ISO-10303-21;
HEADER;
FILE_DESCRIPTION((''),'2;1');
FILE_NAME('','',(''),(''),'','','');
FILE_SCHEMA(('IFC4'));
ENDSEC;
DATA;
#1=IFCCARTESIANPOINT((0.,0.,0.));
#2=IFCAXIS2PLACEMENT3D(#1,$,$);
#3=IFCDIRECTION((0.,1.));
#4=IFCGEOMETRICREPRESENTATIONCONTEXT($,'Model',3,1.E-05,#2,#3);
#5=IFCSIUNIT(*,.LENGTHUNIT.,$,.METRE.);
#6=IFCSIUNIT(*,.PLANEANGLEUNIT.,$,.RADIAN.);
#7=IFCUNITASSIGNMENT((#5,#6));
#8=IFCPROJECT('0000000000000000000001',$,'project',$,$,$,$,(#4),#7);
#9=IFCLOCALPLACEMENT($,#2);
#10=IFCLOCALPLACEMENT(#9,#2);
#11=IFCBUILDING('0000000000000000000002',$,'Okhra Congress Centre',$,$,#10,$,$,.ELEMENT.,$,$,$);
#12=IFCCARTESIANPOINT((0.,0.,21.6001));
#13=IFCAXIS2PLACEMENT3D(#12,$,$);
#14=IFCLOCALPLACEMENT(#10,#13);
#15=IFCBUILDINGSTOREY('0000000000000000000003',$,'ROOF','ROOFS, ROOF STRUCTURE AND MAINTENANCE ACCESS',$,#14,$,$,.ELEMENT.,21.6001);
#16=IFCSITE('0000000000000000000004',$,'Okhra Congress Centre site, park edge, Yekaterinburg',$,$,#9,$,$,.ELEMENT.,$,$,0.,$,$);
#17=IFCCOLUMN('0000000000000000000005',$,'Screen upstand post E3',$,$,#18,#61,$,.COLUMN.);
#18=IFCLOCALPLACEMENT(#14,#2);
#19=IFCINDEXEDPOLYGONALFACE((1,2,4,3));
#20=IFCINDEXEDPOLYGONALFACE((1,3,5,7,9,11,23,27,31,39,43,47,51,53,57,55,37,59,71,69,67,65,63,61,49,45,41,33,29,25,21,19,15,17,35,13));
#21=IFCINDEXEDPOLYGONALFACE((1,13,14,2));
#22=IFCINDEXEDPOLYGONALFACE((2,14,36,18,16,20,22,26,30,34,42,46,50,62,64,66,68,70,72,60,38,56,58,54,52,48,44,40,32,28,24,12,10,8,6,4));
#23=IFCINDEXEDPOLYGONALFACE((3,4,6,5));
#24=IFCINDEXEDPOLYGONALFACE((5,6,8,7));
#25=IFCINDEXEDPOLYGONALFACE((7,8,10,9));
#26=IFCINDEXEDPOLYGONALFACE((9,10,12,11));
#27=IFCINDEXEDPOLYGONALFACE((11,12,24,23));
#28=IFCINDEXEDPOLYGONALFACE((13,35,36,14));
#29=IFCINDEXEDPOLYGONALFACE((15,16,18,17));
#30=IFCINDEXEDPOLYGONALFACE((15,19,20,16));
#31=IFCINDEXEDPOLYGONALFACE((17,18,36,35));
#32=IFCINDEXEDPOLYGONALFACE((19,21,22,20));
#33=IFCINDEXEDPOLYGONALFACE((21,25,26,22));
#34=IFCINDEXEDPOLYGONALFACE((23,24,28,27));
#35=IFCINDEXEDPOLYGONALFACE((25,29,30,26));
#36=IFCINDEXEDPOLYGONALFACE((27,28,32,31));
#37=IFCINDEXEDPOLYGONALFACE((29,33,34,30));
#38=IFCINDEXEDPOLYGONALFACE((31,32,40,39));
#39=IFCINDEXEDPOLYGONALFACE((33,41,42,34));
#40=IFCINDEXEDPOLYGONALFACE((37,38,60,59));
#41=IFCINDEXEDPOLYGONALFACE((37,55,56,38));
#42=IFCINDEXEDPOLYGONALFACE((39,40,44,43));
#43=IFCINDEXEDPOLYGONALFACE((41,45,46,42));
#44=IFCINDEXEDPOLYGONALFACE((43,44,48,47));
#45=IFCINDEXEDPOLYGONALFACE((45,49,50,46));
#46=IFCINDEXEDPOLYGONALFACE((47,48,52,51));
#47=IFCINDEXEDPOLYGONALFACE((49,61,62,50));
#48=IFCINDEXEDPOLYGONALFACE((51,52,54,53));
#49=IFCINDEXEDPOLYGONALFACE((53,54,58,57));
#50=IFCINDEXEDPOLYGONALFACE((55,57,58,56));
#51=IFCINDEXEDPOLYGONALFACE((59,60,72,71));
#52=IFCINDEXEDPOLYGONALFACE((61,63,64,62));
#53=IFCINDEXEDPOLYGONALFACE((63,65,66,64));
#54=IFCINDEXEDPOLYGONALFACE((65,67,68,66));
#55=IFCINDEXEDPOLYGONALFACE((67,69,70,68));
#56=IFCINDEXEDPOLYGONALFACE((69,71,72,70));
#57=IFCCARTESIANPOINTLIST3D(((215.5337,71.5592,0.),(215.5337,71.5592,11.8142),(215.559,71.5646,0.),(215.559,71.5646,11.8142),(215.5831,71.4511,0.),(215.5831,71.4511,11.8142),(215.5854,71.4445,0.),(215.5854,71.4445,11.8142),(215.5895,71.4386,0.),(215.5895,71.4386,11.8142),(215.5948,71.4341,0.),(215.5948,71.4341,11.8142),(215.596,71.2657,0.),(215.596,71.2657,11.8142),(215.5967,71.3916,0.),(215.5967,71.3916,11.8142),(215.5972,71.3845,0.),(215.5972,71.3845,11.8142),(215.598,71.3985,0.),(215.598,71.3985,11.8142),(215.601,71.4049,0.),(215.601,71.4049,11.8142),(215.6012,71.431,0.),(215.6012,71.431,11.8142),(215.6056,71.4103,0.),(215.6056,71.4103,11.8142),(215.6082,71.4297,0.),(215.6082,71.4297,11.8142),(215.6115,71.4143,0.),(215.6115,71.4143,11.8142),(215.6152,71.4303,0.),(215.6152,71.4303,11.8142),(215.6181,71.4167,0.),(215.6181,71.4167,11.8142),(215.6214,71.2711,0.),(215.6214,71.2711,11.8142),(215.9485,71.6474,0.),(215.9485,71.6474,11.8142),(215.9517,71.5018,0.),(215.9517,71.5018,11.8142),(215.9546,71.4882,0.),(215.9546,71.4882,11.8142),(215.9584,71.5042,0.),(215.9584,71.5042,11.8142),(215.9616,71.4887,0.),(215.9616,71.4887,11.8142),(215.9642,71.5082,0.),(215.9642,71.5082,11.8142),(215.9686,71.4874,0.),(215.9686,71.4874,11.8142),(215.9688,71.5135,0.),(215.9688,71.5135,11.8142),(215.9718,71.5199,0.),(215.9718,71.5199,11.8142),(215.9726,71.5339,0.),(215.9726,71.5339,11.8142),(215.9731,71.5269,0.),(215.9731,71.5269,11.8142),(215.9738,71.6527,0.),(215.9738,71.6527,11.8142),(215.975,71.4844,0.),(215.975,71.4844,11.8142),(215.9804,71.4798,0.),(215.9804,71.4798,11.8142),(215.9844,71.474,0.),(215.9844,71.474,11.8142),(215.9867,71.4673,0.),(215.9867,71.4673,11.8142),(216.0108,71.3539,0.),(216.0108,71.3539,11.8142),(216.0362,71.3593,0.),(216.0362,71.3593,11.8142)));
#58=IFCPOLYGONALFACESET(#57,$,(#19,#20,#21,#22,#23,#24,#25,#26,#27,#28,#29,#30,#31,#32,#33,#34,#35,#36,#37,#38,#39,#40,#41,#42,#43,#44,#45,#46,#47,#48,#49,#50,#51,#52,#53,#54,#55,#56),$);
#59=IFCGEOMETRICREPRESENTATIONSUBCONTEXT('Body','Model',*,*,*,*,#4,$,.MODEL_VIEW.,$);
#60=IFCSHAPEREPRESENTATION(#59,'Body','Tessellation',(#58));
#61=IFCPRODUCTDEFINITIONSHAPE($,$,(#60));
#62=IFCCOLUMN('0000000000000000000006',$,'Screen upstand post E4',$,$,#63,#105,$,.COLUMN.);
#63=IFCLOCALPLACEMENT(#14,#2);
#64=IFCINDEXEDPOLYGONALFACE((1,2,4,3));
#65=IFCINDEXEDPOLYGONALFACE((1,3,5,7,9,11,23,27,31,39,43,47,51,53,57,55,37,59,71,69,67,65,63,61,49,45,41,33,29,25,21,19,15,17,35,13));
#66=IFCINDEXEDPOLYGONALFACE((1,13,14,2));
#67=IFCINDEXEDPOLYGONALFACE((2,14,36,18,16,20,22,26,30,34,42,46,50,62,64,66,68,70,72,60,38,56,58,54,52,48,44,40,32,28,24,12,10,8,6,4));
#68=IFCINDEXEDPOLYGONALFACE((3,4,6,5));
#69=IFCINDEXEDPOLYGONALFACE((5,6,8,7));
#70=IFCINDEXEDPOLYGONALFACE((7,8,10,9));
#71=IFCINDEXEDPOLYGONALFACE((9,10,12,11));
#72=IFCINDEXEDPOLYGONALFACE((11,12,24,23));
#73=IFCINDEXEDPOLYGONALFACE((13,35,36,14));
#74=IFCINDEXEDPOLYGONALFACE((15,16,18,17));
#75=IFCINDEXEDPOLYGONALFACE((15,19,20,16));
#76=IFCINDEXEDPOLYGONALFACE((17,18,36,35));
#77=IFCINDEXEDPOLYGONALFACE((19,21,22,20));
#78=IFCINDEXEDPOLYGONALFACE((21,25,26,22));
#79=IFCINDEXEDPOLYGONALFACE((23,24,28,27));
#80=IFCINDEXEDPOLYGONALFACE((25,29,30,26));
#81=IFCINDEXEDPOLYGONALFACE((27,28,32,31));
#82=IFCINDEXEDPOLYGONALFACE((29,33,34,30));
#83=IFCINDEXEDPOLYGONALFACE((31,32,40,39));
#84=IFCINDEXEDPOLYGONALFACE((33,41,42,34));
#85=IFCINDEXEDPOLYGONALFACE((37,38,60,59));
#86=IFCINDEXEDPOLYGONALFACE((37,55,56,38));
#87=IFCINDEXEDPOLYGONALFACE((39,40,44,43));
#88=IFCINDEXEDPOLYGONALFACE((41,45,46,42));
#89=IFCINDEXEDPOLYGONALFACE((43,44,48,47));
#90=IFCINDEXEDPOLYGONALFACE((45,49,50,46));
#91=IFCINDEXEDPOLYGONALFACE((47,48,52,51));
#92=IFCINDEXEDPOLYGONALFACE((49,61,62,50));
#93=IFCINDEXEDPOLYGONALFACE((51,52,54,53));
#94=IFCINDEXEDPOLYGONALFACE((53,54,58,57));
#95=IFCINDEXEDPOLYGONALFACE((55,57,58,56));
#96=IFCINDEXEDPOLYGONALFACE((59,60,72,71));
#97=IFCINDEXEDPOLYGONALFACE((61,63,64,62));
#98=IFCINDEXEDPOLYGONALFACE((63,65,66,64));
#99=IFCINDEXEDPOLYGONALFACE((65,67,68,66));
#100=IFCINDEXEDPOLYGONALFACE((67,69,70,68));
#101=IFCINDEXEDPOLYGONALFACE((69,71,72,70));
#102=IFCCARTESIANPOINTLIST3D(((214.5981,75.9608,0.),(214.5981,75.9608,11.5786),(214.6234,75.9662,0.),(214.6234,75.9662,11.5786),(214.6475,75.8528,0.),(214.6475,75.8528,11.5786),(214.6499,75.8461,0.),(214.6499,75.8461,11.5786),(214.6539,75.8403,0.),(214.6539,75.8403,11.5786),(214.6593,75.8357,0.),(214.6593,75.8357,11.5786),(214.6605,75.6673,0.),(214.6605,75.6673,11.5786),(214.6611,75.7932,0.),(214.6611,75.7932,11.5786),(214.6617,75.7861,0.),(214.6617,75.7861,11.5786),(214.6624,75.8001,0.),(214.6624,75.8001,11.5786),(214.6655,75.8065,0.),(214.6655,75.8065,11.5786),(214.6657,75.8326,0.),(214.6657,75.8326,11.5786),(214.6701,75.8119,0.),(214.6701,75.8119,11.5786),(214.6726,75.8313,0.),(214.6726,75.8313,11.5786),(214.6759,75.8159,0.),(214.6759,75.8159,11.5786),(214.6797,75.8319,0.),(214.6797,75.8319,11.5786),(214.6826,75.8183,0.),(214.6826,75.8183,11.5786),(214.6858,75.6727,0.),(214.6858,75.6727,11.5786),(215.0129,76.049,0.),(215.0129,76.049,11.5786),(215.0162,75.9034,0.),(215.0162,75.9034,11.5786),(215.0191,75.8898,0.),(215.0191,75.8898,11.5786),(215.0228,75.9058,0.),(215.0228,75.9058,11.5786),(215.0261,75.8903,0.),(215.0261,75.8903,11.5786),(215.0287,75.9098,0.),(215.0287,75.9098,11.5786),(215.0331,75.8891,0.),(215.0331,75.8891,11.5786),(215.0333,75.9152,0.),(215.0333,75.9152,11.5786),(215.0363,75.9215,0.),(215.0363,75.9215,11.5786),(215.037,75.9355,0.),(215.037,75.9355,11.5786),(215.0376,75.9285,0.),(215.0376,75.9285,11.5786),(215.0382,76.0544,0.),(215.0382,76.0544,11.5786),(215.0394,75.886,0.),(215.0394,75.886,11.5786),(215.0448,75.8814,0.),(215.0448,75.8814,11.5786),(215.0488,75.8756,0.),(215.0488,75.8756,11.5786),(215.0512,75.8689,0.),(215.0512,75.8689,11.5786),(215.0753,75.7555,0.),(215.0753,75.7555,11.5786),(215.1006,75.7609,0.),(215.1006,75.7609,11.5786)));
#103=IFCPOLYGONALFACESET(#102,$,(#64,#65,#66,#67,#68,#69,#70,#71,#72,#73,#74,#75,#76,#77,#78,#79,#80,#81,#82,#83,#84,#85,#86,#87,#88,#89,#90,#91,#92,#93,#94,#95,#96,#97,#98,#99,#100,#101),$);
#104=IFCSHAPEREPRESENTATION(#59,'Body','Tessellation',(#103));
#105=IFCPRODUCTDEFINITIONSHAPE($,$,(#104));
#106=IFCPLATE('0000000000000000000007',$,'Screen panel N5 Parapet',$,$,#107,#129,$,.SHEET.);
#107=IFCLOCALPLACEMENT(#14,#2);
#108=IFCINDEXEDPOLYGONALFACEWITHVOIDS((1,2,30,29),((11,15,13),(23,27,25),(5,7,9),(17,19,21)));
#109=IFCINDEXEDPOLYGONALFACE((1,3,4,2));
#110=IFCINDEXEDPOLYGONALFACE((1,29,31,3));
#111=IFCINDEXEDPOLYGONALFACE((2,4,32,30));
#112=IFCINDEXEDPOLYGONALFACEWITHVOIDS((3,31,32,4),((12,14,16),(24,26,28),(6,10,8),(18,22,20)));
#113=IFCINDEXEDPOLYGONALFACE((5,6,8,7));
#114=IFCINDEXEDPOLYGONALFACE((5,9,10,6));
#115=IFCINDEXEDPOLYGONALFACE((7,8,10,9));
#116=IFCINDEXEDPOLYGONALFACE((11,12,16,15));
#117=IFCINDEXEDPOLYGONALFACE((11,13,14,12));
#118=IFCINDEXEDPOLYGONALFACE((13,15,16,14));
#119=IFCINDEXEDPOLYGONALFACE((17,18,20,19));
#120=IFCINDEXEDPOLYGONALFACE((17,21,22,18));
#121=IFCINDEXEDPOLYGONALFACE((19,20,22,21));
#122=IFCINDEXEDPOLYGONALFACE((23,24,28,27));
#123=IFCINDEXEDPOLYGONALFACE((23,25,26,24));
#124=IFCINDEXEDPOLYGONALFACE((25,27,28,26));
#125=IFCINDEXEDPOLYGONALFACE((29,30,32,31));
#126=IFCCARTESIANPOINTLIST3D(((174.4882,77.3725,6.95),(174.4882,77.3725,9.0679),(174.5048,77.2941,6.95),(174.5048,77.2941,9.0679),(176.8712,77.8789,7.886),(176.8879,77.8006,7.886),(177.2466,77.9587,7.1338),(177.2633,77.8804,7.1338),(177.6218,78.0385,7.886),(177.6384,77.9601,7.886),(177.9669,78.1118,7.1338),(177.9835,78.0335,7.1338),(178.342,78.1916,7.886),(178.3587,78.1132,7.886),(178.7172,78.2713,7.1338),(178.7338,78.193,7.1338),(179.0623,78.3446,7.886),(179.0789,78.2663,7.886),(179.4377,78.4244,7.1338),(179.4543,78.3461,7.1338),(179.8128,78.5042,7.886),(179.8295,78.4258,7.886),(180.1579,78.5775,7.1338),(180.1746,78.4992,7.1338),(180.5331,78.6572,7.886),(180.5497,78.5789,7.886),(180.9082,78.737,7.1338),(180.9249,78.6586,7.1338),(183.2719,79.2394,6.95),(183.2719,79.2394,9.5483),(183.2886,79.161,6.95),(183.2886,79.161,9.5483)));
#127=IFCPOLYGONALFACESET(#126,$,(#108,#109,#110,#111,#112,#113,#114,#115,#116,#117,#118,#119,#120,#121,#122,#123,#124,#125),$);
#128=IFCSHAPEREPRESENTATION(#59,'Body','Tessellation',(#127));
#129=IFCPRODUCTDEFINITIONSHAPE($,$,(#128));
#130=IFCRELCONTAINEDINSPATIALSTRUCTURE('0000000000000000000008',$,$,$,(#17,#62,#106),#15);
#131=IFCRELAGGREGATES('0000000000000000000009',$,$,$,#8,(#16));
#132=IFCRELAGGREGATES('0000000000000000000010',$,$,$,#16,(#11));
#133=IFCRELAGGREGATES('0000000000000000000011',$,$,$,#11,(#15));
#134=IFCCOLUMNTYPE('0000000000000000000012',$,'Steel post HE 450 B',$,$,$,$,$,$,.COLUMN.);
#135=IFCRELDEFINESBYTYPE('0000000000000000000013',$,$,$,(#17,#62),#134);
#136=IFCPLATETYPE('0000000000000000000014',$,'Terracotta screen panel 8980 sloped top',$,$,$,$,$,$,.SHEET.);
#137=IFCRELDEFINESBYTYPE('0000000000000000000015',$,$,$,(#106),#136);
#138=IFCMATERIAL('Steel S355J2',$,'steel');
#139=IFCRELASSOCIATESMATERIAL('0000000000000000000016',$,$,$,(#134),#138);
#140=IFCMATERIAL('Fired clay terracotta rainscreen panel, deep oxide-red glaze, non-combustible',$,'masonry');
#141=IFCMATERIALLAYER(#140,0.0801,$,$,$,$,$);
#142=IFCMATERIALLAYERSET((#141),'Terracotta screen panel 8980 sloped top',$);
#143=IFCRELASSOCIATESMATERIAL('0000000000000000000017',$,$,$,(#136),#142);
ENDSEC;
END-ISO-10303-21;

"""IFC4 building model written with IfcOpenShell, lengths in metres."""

from ifc_helpers import new_model, si_unit, direction, frame, origin, origin_2d, place, context, subcontext, project, spatial, polyline, i_section, outline, extrude, material, layer, layer_set, material_profile, profile_set, type_object, element, save


model = new_model("IFC4")

# Units and contexts
model_context = context("Model", 3, precision=1e-05, world=origin(), true_north=direction((0.0, 1.0)))
body_context = subcontext(model_context, "Body", "Model", "MODEL_VIEW")
ifc_project = project(units=[si_unit("LENGTHUNIT", "METRE"), si_unit("PLANEANGLEUNIT", "RADIAN")], contexts=[model_context])

# Site, building, storey
site_placement = place(None, origin())
site = spatial("IfcSite", under=ifc_project, at=site_placement, Name="Okhra Congress Centre site, park edge, Yekaterinburg", CompositionType="ELEMENT", RefElevation=0.0)
building_placement = place(site_placement, origin())
building = spatial("IfcBuilding", under=site, at=building_placement, Name="Okhra Congress Centre", CompositionType="ELEMENT")
storey_placement = place(building_placement, frame((0.0, 0.0, 21.6001)))
storey = spatial("IfcBuildingStorey", under=building, at=storey_placement, Name="ROOF", Description="ROOFS, ROOF STRUCTURE AND MAINTENANCE ACCESS", CompositionType="ELEMENT", Elevation=21.6001)

# Columns
ifc_material_1 = material(Name="Steel S355J2", Category="steel")
ifc_material_profile_1 = material_profile(ifc_material_1, i_section(OverallWidth=0.3, OverallDepth=0.45, WebThickness=0.0139, FlangeThickness=0.0259, FilletRadius=0.0271, at=origin_2d()), Name="HE 450 B")
ifc_profile_set_1 = profile_set([ifc_material_profile_1], Name="Steel S355J2")
column_type = type_object("IfcColumnType", Name="Steel post HE 450 B", PredefinedType="COLUMN", material=ifc_profile_set_1)
column_1_placement = place(storey_placement, frame((215.7849, 71.4592, 0.0), z_axis=(0.0, 0.0, 1.0), x_axis=(-0.207912, 0.978148, 0.0)))
element("IfcColumn", 1, at=column_1_placement, inside=storey, type_object=column_type, Name="Screen upstand post E3", PredefinedType="COLUMN", context=body_context, shape_type="SweptSolid", body=[
    extrude(i_section(OverallWidth=0.3, OverallDepth=0.45, WebThickness=0.0139, FlangeThickness=0.0259, FilletRadius=0.0271, at=origin_2d()), origin(), (0.0, 0.0, 1.0), 11.8142),
])
column_2_placement = place(storey_placement, frame((214.8494, 75.8608, 0.0), z_axis=(0.0, 0.0, 1.0), x_axis=(-0.207912, 0.978148, 0.0)))
element("IfcColumn", 2, at=column_2_placement, inside=storey, type_object=column_type, Name="Screen upstand post E4", PredefinedType="COLUMN", context=body_context, shape_type="SweptSolid", body=[
    extrude(i_section(OverallWidth=0.3, OverallDepth=0.45, WebThickness=0.0139, FlangeThickness=0.0259, FilletRadius=0.0271, at=origin_2d()), origin(), (0.0, 0.0, 1.0), 11.5786),
])

# Plate
ifc_material_2 = material(Name="Fired clay terracotta rainscreen panel, deep oxide-red glaze, non-combustible", Category="masonry")
ifc_layer_1 = layer(ifc_material_2, 0.0801)
ifc_layer_set_1 = layer_set([ifc_layer_1], Name="Terracotta screen panel 8980 sloped top")
plate_type_1 = type_object("IfcPlateType", Name="Terracotta screen panel 8980 sloped top", PredefinedType="SHEET", material=ifc_layer_set_1)
plate_1_placement = place(storey_placement, frame((183.2803, 79.2002, 6.95), z_axis=(0.0, 0.0, 1.0), x_axis=(-0.978151, -0.207897, 0.0)))
element("IfcPlate", 3, at=plate_1_placement, inside=storey, type_object=plate_type_1, Name="Screen panel N5 Parapet", PredefinedType="SHEET", context=body_context, shape_type="SweptSolid", body=[
    extrude(outline(polyline([(0.0, 0.0), (8.98, 0.0), (8.98, 2.1179), (0.0, 2.5984), (0.0, 0.0)]), holes=[polyline([(2.4165, 0.1838), (3.1836, 0.1838), (2.8, 0.936), (2.4165, 0.1838)]), polyline([(3.5364, 0.936), (3.9199, 0.1838), (4.3037, 0.936), (3.5364, 0.936)]), polyline([(4.6565, 0.1838), (5.4236, 0.1838), (5.04, 0.936), (4.6565, 0.1838)]), polyline([(5.7764, 0.936), (6.1599, 0.1838), (6.5437, 0.936), (5.7764, 0.936)])]), frame((0.0, 0.04, 0.0), z_axis=(0.0, -1.0, 0.0), x_axis=(1.0, 0.0, 0.0)), (0.0, 0.0, 1.0), 0.0801),
])

save(model, "model.ifc")
